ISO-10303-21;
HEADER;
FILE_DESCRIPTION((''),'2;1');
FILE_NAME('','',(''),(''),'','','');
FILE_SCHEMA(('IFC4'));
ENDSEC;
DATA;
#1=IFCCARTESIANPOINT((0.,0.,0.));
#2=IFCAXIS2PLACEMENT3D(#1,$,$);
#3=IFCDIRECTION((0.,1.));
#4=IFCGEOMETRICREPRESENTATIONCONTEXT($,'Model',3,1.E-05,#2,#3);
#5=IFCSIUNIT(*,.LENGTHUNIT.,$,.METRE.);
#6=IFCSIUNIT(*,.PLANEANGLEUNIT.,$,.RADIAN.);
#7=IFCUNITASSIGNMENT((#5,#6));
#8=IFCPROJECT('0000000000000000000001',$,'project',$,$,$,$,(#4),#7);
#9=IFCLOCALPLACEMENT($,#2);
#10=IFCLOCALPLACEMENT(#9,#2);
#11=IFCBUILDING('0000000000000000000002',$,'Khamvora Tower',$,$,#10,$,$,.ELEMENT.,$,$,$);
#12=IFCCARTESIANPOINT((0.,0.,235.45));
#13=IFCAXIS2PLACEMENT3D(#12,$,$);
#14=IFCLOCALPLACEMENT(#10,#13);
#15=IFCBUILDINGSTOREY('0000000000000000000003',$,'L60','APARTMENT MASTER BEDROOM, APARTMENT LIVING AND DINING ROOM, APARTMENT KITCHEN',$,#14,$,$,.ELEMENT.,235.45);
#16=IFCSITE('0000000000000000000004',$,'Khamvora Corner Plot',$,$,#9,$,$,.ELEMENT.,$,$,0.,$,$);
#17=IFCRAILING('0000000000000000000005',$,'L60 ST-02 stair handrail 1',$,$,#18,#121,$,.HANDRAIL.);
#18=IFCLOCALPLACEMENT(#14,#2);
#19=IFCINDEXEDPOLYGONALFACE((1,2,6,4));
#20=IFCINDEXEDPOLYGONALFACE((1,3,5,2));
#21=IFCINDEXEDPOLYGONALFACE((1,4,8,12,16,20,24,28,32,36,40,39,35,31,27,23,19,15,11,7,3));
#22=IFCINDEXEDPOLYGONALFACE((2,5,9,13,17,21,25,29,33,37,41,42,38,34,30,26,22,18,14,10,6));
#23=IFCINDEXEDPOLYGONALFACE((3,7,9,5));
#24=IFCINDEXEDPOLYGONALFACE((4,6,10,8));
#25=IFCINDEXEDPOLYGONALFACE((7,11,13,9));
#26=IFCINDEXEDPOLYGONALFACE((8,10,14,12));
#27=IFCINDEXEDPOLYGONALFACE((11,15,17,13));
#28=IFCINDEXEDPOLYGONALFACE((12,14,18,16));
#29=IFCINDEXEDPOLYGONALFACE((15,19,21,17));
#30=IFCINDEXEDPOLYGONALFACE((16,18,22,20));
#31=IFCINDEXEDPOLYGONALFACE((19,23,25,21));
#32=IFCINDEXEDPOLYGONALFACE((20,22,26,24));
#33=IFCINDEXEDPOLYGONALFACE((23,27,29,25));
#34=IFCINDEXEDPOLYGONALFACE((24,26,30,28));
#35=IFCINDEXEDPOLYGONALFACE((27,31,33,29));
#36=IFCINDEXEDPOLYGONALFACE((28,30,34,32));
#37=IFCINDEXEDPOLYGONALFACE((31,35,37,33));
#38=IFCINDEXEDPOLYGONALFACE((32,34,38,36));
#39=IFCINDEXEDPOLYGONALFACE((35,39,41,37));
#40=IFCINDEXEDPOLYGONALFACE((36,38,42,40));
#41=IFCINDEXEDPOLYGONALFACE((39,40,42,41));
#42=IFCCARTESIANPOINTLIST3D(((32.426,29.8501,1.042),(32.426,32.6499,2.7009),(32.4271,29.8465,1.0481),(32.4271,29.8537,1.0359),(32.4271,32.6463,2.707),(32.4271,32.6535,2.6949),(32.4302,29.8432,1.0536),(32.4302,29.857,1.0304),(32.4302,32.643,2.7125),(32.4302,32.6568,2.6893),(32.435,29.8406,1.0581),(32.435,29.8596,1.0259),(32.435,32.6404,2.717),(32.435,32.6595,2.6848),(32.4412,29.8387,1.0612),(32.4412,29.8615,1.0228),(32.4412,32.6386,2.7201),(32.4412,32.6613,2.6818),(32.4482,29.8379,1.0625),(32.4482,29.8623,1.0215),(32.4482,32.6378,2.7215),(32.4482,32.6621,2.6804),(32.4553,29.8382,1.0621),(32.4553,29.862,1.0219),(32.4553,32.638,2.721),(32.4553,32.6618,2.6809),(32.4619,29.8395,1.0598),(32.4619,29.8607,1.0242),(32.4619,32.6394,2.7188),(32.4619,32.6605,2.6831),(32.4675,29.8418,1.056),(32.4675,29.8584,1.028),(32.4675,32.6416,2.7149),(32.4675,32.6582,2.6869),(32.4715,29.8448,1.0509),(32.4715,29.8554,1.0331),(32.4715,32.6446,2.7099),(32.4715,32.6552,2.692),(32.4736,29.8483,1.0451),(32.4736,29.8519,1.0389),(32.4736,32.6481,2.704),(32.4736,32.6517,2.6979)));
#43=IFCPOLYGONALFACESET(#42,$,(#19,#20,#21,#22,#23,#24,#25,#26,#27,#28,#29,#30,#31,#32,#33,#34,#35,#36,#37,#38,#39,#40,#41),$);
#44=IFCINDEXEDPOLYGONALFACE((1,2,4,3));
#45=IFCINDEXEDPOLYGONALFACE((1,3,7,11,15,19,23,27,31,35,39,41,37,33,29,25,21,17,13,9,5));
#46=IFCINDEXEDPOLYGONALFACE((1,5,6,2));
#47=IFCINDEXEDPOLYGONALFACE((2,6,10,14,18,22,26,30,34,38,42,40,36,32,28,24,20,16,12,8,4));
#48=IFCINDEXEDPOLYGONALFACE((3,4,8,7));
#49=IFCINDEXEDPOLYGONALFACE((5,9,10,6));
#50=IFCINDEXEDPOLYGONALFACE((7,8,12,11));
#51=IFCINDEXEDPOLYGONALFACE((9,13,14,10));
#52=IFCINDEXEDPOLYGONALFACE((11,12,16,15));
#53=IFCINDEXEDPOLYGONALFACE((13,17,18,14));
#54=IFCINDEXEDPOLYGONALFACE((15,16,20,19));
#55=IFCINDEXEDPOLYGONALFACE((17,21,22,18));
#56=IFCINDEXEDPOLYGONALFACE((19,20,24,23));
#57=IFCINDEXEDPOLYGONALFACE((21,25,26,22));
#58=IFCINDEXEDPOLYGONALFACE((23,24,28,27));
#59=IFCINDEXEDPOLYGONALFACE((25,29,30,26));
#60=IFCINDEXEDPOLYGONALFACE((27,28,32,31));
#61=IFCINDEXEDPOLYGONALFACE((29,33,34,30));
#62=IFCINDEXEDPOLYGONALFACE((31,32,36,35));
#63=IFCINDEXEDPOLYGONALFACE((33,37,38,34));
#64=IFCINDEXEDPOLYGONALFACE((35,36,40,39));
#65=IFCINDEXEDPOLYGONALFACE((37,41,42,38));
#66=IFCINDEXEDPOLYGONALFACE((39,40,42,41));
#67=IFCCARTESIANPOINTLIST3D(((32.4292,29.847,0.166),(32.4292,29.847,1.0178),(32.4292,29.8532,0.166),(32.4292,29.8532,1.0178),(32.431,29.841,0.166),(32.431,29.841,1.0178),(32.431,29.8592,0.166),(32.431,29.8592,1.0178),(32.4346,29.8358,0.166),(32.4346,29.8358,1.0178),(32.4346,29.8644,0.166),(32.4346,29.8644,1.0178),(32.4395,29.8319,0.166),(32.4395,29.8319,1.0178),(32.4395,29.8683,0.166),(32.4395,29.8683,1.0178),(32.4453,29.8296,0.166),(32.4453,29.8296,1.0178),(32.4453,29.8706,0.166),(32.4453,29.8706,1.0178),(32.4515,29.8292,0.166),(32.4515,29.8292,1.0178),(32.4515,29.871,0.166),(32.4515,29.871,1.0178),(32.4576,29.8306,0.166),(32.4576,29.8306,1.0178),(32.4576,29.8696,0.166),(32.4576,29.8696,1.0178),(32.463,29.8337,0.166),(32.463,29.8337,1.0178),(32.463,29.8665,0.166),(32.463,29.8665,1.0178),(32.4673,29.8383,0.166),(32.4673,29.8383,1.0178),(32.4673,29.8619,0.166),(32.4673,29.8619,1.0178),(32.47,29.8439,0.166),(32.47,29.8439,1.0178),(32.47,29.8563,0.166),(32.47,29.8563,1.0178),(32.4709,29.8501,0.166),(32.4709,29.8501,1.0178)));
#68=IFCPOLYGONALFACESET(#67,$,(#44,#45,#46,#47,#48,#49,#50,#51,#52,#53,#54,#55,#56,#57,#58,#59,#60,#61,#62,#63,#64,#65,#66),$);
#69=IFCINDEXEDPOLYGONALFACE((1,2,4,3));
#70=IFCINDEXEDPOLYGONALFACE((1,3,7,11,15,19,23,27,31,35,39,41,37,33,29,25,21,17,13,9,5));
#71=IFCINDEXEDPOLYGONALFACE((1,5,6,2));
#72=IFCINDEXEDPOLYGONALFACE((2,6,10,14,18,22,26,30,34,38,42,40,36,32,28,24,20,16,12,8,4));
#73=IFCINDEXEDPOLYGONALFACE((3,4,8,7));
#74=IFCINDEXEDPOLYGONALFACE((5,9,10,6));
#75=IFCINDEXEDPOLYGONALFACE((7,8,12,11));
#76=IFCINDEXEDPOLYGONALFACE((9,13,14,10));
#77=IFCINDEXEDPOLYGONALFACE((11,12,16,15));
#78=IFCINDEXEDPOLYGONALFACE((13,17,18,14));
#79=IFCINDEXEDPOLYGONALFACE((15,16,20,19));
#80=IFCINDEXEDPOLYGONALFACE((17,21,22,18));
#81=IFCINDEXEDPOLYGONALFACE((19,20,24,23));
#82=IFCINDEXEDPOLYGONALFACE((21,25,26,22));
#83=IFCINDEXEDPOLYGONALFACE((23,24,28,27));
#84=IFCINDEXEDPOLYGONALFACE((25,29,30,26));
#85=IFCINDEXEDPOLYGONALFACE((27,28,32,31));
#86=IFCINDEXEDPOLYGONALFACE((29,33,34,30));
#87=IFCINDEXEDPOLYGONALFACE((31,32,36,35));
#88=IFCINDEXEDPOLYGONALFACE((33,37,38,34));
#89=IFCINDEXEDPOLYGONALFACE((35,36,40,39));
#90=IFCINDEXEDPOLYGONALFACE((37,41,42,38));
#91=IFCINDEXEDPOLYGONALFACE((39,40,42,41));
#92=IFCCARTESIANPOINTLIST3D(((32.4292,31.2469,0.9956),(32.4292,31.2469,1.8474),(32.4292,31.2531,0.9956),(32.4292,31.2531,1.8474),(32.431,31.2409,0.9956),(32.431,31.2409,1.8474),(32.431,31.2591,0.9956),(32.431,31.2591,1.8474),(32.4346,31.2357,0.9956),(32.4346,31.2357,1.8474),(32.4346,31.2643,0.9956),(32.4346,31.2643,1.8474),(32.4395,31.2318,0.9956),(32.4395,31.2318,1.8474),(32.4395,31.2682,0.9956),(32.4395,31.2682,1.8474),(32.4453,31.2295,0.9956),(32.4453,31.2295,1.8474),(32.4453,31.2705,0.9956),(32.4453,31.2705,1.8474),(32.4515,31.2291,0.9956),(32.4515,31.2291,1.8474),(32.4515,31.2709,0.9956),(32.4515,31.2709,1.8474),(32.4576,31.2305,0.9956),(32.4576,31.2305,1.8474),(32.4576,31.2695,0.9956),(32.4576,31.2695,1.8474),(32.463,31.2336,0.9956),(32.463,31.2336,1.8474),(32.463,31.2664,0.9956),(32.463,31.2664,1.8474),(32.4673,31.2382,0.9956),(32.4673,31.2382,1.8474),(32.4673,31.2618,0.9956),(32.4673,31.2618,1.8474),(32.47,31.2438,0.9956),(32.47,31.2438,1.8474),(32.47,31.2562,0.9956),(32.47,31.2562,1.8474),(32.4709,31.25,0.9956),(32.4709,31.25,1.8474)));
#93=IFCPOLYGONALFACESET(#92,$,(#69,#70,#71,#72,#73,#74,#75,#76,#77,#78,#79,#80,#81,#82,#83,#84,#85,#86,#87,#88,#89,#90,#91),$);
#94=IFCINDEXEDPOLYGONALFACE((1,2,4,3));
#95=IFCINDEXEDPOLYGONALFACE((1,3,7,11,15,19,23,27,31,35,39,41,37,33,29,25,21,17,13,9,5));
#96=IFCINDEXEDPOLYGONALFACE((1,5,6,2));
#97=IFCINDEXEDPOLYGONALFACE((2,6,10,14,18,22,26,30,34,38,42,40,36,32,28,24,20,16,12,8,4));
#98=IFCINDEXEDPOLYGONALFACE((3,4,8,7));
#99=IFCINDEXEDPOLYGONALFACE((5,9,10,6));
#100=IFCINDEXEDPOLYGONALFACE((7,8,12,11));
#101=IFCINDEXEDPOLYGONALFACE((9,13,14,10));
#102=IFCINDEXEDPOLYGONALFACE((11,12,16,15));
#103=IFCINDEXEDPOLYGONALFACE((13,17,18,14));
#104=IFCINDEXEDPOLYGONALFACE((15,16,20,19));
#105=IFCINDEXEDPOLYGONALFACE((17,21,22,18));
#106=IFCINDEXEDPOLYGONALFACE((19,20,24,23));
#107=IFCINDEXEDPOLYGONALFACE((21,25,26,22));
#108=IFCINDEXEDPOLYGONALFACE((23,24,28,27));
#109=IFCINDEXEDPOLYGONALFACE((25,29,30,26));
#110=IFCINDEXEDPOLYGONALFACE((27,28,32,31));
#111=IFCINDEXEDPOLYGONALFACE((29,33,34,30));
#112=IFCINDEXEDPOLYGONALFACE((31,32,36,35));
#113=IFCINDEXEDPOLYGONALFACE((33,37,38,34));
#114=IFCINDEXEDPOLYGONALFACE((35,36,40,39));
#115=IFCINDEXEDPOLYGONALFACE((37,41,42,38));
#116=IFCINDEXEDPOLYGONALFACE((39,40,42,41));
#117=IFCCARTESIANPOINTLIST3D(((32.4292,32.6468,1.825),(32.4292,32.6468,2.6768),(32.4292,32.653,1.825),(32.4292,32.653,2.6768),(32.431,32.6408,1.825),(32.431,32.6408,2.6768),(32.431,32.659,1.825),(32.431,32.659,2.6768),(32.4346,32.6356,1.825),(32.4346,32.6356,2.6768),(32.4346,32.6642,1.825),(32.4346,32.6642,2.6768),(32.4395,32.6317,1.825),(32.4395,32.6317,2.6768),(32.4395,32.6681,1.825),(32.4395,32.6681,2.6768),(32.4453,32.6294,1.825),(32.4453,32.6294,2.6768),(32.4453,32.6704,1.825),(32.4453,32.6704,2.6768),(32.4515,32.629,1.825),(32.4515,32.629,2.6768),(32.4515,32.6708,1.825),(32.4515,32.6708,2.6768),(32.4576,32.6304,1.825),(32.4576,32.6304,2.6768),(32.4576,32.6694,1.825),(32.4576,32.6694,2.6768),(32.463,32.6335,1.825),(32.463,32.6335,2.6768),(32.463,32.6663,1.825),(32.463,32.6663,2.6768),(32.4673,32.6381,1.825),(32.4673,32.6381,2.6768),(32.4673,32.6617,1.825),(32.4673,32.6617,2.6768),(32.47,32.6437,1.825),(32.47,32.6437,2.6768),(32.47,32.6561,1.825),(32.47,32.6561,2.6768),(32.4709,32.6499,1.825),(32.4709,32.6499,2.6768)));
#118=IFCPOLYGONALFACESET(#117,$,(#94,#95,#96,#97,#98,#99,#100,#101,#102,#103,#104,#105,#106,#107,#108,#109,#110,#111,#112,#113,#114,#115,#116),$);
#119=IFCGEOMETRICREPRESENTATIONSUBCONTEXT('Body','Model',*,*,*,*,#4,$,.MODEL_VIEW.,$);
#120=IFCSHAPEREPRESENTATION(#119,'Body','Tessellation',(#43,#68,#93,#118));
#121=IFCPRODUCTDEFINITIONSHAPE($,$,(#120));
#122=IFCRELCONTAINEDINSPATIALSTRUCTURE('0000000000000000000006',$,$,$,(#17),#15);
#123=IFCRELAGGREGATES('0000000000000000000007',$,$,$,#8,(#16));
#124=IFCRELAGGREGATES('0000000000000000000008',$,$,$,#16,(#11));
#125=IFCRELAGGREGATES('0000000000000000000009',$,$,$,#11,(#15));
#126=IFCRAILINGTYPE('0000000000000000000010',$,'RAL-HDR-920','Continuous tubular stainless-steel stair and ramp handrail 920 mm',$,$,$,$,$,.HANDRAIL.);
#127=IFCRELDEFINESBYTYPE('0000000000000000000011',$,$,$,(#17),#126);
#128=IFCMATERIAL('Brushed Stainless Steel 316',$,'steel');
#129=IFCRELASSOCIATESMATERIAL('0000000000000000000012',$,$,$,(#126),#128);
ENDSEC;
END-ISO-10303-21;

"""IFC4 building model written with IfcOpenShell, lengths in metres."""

from ifc_helpers import new_model, si_unit, direction, frame, origin, origin_2d, place, context, subcontext, project, spatial, circle, extrude, material, type_object, element, save


model = new_model("IFC4")

# Units and contexts
model_context = context("Model", 3, precision=1e-05, world=origin(), true_north=direction((0.0, 1.0)))
body_context = subcontext(model_context, "Body", "Model", "MODEL_VIEW")
ifc_project = project(units=[si_unit("LENGTHUNIT", "METRE"), si_unit("PLANEANGLEUNIT", "RADIAN")], contexts=[model_context])

# Site, building, storey
site_placement = place(None, origin())
site = spatial("IfcSite", under=ifc_project, at=site_placement, Name="Khamvora Corner Plot", CompositionType="ELEMENT", RefElevation=0.0)
building_placement = place(site_placement, origin())
building = spatial("IfcBuilding", under=site, at=building_placement, Name="Khamvora Tower", CompositionType="ELEMENT")
storey_placement = place(building_placement, frame((0.0, 0.0, 235.45)))
storey = spatial("IfcBuildingStorey", under=building, at=storey_placement, Name="L60", Description="APARTMENT MASTER BEDROOM, APARTMENT LIVING AND DINING ROOM, APARTMENT KITCHEN", CompositionType="ELEMENT", Elevation=235.45)

# Railing
ifc_material_1 = material(Name="Brushed Stainless Steel 316", Category="steel")
railing_type_1 = type_object("IfcRailingType", Name="RAL-HDR-920", Description="Continuous tubular stainless-steel stair and ramp handrail 920 mm", PredefinedType="HANDRAIL", material=ifc_material_1)
railing_1_placement = place(storey_placement, frame((32.45, 29.8501, 0.166)))
element("IfcRailing", 1, at=railing_1_placement, inside=storey, type_object=railing_type_1, Name="L60 ST-02 stair handrail 1", PredefinedType="HANDRAIL", context=body_context, shape_type="SweptSolid", body=[
    extrude(circle(Radius=0.0239, at=origin_2d()), frame((0.0, 0.0, 0.876), z_axis=(0.0, 0.86032, 0.509755), x_axis=(-1.0, 0.0, 0.0)), (0.0, 0.0, 1.0), 3.2544),
    extrude(circle(Radius=0.021, at=origin_2d()), origin(), (0.0, 0.0, 1.0), 0.8518),
    extrude(circle(Radius=0.021, at=origin_2d()), frame((0.0, 1.3999, 0.8296)), (0.0, 0.0, 1.0), 0.8518),
    extrude(circle(Radius=0.021, at=origin_2d()), frame((0.0, 2.7998, 1.6589)), (0.0, 0.0, 1.0), 0.8518),
])

save(model, "model.ifc")
